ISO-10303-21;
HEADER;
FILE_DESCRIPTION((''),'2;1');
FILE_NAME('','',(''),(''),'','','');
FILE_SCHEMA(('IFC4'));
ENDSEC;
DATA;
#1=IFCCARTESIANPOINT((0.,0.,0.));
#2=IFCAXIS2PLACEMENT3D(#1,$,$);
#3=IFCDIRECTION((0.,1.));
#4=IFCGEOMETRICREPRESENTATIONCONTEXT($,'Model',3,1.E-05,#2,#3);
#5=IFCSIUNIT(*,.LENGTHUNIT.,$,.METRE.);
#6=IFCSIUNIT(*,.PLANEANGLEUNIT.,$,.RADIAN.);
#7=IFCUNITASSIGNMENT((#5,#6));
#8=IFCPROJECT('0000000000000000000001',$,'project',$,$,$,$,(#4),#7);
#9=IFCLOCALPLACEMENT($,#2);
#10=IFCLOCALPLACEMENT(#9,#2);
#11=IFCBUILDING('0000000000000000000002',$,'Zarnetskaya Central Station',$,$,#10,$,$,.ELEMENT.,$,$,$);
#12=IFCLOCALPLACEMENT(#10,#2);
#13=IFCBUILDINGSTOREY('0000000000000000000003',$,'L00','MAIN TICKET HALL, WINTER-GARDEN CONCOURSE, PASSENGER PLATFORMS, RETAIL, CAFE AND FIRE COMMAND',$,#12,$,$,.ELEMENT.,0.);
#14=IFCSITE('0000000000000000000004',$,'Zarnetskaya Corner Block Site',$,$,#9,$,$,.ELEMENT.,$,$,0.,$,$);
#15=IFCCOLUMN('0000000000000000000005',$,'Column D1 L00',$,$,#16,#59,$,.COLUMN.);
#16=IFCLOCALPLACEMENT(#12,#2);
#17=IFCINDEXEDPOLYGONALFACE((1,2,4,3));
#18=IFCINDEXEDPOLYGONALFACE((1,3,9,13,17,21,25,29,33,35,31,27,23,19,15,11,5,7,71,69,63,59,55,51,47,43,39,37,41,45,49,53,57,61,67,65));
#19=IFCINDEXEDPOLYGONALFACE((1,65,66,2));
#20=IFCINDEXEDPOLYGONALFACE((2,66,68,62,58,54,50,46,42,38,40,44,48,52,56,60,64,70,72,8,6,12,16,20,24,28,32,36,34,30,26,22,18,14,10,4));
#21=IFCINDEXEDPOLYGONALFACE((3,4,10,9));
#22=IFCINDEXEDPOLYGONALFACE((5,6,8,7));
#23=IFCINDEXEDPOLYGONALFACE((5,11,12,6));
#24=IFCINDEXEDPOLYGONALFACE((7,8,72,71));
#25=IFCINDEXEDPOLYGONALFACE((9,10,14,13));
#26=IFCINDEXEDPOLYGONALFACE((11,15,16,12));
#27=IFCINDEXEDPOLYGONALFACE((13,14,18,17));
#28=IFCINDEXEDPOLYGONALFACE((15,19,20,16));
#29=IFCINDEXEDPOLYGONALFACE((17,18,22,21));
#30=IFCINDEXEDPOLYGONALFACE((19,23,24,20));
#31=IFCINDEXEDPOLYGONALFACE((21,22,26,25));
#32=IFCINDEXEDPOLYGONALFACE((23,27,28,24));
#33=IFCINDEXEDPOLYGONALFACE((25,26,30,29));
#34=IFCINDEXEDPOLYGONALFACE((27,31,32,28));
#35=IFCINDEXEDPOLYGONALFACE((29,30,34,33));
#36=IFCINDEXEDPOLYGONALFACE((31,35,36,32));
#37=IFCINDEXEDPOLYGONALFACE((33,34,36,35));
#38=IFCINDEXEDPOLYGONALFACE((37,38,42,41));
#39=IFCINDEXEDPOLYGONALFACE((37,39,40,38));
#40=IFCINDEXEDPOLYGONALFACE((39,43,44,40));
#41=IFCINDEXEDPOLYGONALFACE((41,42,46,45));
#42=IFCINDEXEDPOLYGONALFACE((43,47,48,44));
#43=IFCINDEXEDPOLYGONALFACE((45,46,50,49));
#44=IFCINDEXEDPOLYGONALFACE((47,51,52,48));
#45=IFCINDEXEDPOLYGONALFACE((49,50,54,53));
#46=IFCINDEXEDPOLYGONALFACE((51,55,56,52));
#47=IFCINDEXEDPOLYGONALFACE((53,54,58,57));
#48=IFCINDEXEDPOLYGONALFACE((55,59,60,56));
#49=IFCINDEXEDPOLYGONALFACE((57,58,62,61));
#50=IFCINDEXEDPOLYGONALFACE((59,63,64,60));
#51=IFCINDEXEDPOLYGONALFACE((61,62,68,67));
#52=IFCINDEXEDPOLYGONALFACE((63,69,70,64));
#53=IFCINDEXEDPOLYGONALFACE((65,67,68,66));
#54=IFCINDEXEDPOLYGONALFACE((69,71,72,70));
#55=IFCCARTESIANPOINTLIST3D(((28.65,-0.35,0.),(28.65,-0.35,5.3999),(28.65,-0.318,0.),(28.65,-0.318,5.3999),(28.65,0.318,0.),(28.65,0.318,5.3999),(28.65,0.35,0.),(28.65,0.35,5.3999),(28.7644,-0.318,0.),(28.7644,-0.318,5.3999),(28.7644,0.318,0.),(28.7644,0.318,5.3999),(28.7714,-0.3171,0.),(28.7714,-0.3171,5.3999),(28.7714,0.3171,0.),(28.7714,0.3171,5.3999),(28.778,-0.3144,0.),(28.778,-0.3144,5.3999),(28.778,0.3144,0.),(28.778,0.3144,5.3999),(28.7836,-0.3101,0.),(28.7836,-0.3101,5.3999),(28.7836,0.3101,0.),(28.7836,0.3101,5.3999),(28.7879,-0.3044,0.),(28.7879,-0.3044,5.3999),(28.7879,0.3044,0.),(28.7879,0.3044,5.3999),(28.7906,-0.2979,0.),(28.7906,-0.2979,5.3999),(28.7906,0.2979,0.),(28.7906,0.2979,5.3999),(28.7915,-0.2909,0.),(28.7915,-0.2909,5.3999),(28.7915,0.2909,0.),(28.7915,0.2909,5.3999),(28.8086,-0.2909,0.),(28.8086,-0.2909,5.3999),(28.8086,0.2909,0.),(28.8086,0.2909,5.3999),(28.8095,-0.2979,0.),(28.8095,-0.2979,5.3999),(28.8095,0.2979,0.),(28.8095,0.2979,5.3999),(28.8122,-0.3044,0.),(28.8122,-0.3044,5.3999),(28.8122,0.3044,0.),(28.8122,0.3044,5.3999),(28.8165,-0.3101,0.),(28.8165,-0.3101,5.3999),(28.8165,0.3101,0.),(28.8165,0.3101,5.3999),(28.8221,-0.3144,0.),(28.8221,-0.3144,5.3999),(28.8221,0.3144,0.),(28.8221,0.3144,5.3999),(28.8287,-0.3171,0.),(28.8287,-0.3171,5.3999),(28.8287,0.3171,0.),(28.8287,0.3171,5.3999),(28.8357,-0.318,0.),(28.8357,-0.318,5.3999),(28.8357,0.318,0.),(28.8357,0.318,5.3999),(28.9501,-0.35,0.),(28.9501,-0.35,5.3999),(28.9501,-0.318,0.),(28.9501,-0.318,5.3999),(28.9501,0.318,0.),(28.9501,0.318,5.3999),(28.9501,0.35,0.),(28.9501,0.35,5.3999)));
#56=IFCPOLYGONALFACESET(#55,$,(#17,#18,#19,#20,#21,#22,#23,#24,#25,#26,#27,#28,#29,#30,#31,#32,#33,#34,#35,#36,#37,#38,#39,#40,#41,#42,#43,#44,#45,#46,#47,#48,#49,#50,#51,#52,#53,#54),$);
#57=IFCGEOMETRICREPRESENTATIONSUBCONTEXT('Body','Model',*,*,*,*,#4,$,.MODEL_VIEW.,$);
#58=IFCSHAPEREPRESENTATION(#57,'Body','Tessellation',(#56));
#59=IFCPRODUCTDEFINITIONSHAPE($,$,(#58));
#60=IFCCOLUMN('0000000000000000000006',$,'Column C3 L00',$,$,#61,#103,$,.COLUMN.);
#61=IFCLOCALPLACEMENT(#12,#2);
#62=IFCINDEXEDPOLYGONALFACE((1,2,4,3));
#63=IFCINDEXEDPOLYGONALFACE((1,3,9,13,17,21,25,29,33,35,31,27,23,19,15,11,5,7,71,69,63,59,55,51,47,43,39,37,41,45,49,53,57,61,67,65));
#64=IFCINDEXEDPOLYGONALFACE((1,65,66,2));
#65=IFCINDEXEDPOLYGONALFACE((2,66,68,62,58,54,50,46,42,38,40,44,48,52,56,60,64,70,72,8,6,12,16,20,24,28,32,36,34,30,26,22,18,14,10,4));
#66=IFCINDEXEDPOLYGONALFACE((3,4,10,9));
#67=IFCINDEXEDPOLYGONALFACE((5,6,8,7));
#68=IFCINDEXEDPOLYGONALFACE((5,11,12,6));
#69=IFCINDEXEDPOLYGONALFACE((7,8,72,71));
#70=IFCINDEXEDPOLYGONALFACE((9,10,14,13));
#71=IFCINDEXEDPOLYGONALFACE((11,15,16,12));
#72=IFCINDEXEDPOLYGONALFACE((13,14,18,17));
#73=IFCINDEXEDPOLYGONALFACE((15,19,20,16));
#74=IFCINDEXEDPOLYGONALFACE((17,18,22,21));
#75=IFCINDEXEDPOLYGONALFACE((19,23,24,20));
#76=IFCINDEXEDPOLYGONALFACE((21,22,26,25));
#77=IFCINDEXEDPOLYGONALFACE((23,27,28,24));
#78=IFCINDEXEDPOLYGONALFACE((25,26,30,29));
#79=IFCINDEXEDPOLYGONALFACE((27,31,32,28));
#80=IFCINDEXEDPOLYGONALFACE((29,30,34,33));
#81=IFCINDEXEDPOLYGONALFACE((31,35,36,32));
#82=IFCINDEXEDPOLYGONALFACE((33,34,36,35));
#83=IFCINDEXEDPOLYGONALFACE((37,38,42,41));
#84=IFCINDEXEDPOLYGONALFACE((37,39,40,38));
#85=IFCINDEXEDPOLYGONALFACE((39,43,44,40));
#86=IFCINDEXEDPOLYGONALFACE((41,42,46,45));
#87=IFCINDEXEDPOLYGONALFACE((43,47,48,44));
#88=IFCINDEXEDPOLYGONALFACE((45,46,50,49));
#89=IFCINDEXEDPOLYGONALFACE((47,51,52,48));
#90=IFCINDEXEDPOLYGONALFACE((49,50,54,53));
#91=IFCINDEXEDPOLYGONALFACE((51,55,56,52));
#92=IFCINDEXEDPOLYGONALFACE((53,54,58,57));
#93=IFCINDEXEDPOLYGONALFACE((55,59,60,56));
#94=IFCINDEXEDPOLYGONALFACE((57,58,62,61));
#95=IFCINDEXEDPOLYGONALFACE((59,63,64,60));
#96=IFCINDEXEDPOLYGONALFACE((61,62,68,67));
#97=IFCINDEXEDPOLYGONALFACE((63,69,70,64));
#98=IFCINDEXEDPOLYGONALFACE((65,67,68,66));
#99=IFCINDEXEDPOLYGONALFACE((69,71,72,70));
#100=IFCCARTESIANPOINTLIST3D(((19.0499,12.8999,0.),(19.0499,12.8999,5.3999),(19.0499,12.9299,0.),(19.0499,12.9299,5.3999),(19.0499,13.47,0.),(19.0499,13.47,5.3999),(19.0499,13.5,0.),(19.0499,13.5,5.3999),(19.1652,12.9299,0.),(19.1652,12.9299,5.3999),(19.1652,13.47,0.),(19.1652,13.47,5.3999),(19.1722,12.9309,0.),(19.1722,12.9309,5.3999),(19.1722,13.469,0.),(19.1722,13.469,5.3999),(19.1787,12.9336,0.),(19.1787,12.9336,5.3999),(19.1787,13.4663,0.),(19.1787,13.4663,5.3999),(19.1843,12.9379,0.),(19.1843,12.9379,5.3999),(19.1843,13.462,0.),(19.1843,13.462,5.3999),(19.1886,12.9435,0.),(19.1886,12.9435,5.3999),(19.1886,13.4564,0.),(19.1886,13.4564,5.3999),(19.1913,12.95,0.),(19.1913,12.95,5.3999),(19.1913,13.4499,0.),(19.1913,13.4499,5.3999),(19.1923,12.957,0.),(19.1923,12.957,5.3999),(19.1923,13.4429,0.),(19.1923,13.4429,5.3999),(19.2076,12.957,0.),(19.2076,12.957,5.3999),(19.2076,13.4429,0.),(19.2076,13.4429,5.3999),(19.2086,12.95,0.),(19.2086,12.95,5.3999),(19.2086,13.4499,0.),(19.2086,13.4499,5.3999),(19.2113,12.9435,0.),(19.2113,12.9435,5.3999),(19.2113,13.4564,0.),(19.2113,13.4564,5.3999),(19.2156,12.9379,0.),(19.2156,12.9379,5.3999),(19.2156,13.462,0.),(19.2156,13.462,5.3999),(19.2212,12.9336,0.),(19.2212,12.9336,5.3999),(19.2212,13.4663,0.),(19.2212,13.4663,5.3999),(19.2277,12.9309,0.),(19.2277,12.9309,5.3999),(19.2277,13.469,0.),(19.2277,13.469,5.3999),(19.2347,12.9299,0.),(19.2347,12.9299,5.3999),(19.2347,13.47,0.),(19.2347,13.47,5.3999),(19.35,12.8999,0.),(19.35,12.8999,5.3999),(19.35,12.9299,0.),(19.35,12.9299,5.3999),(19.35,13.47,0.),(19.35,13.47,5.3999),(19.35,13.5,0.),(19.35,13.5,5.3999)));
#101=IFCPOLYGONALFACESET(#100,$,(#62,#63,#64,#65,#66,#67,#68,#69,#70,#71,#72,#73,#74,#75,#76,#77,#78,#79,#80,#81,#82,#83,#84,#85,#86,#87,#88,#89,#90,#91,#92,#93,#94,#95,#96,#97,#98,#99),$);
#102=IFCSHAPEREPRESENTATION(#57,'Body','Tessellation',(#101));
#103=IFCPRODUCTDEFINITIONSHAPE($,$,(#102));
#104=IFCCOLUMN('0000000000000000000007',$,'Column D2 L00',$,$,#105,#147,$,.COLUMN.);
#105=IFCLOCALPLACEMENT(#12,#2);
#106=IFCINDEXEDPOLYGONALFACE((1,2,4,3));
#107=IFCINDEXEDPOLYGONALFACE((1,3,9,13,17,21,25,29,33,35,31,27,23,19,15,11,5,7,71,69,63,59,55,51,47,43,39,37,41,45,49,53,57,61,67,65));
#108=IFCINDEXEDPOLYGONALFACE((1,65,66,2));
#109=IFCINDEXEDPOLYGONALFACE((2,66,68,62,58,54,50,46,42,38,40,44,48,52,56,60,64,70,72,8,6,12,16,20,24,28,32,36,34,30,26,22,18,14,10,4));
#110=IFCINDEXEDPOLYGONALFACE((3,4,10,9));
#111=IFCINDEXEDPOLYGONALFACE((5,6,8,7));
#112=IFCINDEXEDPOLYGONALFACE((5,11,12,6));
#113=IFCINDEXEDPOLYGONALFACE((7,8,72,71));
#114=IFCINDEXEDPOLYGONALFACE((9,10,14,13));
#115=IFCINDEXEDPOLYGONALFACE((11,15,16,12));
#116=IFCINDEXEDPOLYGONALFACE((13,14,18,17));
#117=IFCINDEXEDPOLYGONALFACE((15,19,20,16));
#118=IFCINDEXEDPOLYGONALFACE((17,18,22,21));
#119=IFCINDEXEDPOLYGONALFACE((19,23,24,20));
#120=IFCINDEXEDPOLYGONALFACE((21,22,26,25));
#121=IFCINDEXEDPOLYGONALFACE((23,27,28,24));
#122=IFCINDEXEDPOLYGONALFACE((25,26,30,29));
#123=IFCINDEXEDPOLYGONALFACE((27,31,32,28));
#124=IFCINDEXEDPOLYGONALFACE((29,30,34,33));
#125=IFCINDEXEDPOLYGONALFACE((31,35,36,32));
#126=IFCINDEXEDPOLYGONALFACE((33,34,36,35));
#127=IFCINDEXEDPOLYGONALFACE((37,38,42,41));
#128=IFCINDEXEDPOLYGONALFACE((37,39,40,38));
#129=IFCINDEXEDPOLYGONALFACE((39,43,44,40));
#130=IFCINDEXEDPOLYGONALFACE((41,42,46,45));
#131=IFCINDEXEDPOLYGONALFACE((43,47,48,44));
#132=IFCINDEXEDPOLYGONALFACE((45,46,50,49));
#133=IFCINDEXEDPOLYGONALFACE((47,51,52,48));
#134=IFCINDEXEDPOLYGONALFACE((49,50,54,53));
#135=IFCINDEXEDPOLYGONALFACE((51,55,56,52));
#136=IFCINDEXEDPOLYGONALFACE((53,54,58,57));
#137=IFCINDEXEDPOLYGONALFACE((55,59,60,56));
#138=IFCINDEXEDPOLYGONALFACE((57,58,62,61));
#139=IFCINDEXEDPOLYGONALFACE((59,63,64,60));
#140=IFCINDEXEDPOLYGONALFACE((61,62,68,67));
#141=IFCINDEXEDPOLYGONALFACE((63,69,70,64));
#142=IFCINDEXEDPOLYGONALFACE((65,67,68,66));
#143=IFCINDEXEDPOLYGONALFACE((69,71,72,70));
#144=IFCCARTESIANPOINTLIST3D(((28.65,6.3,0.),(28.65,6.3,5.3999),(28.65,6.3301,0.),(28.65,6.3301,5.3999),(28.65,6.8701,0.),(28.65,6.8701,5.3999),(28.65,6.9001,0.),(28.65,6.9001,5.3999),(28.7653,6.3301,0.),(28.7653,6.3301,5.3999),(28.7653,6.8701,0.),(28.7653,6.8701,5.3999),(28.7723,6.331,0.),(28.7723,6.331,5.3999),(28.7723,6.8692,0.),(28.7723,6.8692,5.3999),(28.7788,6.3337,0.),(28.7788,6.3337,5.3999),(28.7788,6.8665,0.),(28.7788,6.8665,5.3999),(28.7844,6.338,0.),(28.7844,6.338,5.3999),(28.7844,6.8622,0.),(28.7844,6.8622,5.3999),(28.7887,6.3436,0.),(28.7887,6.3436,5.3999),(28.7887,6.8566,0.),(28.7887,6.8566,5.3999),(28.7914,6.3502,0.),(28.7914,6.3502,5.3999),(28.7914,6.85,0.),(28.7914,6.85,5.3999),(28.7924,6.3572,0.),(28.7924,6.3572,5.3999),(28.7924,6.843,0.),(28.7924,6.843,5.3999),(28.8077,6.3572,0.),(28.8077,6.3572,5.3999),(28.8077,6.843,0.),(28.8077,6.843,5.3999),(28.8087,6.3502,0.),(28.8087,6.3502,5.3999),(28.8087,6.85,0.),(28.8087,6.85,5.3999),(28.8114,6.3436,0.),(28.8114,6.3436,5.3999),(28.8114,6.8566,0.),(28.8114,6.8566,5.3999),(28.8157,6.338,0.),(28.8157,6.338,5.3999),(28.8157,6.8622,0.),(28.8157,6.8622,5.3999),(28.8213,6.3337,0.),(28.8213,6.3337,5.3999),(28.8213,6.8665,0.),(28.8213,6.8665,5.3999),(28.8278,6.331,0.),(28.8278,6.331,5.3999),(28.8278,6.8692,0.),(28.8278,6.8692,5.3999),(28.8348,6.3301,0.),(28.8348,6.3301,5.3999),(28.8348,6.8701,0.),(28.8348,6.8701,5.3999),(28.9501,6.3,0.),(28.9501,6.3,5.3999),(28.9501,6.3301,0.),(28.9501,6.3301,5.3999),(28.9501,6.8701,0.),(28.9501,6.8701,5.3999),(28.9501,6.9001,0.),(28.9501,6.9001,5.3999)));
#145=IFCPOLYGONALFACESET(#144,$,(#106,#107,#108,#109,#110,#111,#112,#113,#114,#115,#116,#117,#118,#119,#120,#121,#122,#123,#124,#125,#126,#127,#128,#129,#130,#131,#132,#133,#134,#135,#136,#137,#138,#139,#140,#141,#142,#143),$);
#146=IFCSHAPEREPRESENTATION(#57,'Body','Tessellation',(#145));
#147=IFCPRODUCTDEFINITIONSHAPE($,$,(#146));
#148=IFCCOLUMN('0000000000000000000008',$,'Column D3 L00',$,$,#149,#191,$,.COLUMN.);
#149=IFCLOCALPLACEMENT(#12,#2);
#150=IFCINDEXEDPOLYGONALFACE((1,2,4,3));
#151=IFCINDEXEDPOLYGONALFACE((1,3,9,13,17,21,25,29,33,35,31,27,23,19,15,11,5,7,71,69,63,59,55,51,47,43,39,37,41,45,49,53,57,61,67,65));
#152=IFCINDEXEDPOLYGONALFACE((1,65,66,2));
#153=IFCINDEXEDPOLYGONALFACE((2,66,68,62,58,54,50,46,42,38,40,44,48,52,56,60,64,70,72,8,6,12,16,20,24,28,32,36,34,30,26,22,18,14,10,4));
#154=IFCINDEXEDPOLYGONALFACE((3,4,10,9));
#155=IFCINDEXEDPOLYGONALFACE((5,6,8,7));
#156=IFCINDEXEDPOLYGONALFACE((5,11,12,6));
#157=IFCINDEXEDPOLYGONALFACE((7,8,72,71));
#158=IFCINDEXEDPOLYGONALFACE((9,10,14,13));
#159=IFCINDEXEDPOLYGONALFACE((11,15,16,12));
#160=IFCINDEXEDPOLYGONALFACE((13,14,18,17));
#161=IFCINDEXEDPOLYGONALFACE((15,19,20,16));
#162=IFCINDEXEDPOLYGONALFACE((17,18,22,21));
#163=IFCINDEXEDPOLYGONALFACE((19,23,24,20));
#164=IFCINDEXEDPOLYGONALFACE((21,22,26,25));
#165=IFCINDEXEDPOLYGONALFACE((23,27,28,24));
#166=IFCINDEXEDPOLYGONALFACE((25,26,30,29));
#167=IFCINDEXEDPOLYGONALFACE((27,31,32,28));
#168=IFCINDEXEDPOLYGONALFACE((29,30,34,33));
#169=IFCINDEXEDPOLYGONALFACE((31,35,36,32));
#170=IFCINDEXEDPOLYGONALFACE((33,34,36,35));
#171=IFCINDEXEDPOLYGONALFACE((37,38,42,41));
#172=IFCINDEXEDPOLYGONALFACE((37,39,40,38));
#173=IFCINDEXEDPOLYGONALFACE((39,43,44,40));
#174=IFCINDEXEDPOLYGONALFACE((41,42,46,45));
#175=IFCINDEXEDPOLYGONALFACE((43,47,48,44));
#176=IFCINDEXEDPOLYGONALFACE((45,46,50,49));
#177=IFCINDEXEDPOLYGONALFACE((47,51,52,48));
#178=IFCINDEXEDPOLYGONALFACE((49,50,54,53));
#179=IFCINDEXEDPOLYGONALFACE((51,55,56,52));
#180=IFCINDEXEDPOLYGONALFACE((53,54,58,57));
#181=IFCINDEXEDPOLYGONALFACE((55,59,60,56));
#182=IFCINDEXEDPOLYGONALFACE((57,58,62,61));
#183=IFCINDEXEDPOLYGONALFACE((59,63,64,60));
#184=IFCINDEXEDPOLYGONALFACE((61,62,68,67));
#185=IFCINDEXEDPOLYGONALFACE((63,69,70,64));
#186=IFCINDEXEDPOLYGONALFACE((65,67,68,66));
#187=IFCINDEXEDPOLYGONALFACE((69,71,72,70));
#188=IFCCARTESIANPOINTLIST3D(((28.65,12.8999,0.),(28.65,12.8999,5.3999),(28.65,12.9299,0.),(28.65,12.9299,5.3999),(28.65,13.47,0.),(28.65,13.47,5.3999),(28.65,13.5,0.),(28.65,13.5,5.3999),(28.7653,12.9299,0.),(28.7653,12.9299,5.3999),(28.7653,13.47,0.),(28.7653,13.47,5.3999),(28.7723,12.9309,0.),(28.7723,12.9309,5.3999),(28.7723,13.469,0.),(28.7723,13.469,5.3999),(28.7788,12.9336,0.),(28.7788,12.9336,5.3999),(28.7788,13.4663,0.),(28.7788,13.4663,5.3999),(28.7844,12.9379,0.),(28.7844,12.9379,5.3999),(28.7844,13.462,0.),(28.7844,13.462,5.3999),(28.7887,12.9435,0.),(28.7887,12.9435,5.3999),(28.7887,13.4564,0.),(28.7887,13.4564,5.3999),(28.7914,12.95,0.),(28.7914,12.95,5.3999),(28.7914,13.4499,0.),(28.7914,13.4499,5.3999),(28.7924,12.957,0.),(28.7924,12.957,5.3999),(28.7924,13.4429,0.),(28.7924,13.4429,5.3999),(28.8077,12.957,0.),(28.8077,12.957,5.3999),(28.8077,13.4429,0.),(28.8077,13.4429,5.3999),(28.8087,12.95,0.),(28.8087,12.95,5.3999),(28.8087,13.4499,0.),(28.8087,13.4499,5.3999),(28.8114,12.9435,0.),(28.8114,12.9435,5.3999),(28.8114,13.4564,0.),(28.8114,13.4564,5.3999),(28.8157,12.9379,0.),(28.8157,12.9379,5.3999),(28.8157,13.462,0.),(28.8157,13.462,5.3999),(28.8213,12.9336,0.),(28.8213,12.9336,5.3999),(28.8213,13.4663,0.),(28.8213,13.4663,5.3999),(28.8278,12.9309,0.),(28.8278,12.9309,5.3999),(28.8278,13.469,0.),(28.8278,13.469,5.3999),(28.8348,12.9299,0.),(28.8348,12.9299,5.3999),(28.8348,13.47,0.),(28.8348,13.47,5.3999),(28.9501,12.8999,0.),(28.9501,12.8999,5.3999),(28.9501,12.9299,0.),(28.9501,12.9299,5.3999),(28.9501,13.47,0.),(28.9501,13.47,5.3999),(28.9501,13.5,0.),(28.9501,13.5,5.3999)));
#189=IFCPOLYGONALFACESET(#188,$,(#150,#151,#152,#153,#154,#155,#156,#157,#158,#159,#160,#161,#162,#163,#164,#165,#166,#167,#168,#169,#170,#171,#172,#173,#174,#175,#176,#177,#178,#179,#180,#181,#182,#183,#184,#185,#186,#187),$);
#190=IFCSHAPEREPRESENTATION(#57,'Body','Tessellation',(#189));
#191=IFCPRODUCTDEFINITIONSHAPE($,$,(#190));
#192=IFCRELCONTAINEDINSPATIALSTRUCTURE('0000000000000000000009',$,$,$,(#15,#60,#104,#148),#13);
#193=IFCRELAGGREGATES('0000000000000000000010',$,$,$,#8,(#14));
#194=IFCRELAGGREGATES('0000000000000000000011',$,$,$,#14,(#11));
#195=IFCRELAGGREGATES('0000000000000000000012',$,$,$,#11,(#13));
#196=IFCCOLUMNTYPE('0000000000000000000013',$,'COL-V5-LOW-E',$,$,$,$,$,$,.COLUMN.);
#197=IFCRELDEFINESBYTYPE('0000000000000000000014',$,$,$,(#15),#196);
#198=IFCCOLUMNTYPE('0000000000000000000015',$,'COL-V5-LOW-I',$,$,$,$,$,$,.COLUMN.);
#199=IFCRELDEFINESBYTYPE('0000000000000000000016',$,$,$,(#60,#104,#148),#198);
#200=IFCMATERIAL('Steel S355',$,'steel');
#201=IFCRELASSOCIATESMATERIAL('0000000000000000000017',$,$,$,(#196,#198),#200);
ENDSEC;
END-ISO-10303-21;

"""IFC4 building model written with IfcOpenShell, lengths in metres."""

from ifc_helpers import new_model, si_unit, direction, frame, origin, origin_2d, place, context, subcontext, project, spatial, i_section, extrude, material, material_profile, profile_set, type_object, element, save


model = new_model("IFC4")

# Units and contexts
model_context = context("Model", 3, precision=1e-05, world=origin(), true_north=direction((0.0, 1.0)))
body_context = subcontext(model_context, "Body", "Model", "MODEL_VIEW")
ifc_project = project(units=[si_unit("LENGTHUNIT", "METRE"), si_unit("PLANEANGLEUNIT", "RADIAN")], contexts=[model_context])

# Site, building, storey
site_placement = place(None, origin())
site = spatial("IfcSite", under=ifc_project, at=site_placement, Name="Zarnetskaya Corner Block Site", CompositionType="ELEMENT", RefElevation=0.0)
building_placement = place(site_placement, origin())
building = spatial("IfcBuilding", under=site, at=building_placement, Name="Zarnetskaya Central Station", CompositionType="ELEMENT")
storey_placement = place(building_placement, origin())
storey = spatial("IfcBuildingStorey", under=building, at=storey_placement, Name="L00", Description="MAIN TICKET HALL, WINTER-GARDEN CONCOURSE, PASSENGER PLATFORMS, RETAIL, CAFE AND FIRE COMMAND", CompositionType="ELEMENT", Elevation=0.0)

# Columns
ifc_material_1 = material(Name="Steel S355", Category="steel")
ifc_material_profile_1 = material_profile(ifc_material_1, i_section(OverallWidth=0.3, OverallDepth=0.7, WebThickness=0.0171, FlangeThickness=0.032, FilletRadius=0.0271, at=origin_2d()), Name="HEB 700")
ifc_profile_set_1 = profile_set([ifc_material_profile_1], Name="Steel S355")
column_type_1 = type_object("IfcColumnType", Name="COL-V5-LOW-E", PredefinedType="COLUMN", material=ifc_profile_set_1)
column_placement = place(storey_placement, frame((28.8, 0.0, 0.0), z_axis=(0.0, 0.0, 1.0), x_axis=(1.0, 0.0, 0.0)))
element("IfcColumn", 1, at=column_placement, inside=storey, type_object=column_type_1, Name="Column D1 L00", PredefinedType="COLUMN", context=body_context, shape_type="SweptSolid", body=[
    extrude(i_section(OverallWidth=0.3, OverallDepth=0.7, WebThickness=0.0171, FlangeThickness=0.032, FilletRadius=0.0271, at=origin_2d()), origin(), (0.0, 0.0, 1.0), 5.3999),
])
ifc_material_profile_2 = material_profile(ifc_material_1, i_section(OverallWidth=0.3, OverallDepth=0.6001, WebThickness=0.0154, FlangeThickness=0.03, FilletRadius=0.0271, at=origin_2d()), Name="HEB 600")
ifc_profile_set_2 = profile_set([ifc_material_profile_2], Name="Steel S355")
column_type_2 = type_object("IfcColumnType", Name="COL-V5-LOW-I", PredefinedType="COLUMN", material=ifc_profile_set_2)
for number, where, z_axis, x_axis, name in (
    (2, (19.2, 13.2, 0.0), (0.0, 0.0, 1.0), (1.0, 0.0, 0.0), "Column C3 L00"),
    (3, (28.8, 6.6001, 0.0), (0.0, 0.0, 1.0), (1.0, 0.0, 0.0), "Column D2 L00"),
    (4, (28.8, 13.2, 0.0), (0.0, 0.0, 1.0), (1.0, 0.0, 0.0), "Column D3 L00"),
):
    element("IfcColumn", number, at=place(storey_placement, frame(where, z_axis=z_axis, x_axis=x_axis)), inside=storey, type_object=column_type_2, Name=name, PredefinedType="COLUMN", context=body_context, shape_type="SweptSolid", body=[
        extrude(i_section(OverallWidth=0.3, OverallDepth=0.6001, WebThickness=0.0154, FlangeThickness=0.03, FilletRadius=0.0271, at=origin_2d()), origin(), (0.0, 0.0, 1.0), 5.3999),
    ])

save(model, "model.ifc")
